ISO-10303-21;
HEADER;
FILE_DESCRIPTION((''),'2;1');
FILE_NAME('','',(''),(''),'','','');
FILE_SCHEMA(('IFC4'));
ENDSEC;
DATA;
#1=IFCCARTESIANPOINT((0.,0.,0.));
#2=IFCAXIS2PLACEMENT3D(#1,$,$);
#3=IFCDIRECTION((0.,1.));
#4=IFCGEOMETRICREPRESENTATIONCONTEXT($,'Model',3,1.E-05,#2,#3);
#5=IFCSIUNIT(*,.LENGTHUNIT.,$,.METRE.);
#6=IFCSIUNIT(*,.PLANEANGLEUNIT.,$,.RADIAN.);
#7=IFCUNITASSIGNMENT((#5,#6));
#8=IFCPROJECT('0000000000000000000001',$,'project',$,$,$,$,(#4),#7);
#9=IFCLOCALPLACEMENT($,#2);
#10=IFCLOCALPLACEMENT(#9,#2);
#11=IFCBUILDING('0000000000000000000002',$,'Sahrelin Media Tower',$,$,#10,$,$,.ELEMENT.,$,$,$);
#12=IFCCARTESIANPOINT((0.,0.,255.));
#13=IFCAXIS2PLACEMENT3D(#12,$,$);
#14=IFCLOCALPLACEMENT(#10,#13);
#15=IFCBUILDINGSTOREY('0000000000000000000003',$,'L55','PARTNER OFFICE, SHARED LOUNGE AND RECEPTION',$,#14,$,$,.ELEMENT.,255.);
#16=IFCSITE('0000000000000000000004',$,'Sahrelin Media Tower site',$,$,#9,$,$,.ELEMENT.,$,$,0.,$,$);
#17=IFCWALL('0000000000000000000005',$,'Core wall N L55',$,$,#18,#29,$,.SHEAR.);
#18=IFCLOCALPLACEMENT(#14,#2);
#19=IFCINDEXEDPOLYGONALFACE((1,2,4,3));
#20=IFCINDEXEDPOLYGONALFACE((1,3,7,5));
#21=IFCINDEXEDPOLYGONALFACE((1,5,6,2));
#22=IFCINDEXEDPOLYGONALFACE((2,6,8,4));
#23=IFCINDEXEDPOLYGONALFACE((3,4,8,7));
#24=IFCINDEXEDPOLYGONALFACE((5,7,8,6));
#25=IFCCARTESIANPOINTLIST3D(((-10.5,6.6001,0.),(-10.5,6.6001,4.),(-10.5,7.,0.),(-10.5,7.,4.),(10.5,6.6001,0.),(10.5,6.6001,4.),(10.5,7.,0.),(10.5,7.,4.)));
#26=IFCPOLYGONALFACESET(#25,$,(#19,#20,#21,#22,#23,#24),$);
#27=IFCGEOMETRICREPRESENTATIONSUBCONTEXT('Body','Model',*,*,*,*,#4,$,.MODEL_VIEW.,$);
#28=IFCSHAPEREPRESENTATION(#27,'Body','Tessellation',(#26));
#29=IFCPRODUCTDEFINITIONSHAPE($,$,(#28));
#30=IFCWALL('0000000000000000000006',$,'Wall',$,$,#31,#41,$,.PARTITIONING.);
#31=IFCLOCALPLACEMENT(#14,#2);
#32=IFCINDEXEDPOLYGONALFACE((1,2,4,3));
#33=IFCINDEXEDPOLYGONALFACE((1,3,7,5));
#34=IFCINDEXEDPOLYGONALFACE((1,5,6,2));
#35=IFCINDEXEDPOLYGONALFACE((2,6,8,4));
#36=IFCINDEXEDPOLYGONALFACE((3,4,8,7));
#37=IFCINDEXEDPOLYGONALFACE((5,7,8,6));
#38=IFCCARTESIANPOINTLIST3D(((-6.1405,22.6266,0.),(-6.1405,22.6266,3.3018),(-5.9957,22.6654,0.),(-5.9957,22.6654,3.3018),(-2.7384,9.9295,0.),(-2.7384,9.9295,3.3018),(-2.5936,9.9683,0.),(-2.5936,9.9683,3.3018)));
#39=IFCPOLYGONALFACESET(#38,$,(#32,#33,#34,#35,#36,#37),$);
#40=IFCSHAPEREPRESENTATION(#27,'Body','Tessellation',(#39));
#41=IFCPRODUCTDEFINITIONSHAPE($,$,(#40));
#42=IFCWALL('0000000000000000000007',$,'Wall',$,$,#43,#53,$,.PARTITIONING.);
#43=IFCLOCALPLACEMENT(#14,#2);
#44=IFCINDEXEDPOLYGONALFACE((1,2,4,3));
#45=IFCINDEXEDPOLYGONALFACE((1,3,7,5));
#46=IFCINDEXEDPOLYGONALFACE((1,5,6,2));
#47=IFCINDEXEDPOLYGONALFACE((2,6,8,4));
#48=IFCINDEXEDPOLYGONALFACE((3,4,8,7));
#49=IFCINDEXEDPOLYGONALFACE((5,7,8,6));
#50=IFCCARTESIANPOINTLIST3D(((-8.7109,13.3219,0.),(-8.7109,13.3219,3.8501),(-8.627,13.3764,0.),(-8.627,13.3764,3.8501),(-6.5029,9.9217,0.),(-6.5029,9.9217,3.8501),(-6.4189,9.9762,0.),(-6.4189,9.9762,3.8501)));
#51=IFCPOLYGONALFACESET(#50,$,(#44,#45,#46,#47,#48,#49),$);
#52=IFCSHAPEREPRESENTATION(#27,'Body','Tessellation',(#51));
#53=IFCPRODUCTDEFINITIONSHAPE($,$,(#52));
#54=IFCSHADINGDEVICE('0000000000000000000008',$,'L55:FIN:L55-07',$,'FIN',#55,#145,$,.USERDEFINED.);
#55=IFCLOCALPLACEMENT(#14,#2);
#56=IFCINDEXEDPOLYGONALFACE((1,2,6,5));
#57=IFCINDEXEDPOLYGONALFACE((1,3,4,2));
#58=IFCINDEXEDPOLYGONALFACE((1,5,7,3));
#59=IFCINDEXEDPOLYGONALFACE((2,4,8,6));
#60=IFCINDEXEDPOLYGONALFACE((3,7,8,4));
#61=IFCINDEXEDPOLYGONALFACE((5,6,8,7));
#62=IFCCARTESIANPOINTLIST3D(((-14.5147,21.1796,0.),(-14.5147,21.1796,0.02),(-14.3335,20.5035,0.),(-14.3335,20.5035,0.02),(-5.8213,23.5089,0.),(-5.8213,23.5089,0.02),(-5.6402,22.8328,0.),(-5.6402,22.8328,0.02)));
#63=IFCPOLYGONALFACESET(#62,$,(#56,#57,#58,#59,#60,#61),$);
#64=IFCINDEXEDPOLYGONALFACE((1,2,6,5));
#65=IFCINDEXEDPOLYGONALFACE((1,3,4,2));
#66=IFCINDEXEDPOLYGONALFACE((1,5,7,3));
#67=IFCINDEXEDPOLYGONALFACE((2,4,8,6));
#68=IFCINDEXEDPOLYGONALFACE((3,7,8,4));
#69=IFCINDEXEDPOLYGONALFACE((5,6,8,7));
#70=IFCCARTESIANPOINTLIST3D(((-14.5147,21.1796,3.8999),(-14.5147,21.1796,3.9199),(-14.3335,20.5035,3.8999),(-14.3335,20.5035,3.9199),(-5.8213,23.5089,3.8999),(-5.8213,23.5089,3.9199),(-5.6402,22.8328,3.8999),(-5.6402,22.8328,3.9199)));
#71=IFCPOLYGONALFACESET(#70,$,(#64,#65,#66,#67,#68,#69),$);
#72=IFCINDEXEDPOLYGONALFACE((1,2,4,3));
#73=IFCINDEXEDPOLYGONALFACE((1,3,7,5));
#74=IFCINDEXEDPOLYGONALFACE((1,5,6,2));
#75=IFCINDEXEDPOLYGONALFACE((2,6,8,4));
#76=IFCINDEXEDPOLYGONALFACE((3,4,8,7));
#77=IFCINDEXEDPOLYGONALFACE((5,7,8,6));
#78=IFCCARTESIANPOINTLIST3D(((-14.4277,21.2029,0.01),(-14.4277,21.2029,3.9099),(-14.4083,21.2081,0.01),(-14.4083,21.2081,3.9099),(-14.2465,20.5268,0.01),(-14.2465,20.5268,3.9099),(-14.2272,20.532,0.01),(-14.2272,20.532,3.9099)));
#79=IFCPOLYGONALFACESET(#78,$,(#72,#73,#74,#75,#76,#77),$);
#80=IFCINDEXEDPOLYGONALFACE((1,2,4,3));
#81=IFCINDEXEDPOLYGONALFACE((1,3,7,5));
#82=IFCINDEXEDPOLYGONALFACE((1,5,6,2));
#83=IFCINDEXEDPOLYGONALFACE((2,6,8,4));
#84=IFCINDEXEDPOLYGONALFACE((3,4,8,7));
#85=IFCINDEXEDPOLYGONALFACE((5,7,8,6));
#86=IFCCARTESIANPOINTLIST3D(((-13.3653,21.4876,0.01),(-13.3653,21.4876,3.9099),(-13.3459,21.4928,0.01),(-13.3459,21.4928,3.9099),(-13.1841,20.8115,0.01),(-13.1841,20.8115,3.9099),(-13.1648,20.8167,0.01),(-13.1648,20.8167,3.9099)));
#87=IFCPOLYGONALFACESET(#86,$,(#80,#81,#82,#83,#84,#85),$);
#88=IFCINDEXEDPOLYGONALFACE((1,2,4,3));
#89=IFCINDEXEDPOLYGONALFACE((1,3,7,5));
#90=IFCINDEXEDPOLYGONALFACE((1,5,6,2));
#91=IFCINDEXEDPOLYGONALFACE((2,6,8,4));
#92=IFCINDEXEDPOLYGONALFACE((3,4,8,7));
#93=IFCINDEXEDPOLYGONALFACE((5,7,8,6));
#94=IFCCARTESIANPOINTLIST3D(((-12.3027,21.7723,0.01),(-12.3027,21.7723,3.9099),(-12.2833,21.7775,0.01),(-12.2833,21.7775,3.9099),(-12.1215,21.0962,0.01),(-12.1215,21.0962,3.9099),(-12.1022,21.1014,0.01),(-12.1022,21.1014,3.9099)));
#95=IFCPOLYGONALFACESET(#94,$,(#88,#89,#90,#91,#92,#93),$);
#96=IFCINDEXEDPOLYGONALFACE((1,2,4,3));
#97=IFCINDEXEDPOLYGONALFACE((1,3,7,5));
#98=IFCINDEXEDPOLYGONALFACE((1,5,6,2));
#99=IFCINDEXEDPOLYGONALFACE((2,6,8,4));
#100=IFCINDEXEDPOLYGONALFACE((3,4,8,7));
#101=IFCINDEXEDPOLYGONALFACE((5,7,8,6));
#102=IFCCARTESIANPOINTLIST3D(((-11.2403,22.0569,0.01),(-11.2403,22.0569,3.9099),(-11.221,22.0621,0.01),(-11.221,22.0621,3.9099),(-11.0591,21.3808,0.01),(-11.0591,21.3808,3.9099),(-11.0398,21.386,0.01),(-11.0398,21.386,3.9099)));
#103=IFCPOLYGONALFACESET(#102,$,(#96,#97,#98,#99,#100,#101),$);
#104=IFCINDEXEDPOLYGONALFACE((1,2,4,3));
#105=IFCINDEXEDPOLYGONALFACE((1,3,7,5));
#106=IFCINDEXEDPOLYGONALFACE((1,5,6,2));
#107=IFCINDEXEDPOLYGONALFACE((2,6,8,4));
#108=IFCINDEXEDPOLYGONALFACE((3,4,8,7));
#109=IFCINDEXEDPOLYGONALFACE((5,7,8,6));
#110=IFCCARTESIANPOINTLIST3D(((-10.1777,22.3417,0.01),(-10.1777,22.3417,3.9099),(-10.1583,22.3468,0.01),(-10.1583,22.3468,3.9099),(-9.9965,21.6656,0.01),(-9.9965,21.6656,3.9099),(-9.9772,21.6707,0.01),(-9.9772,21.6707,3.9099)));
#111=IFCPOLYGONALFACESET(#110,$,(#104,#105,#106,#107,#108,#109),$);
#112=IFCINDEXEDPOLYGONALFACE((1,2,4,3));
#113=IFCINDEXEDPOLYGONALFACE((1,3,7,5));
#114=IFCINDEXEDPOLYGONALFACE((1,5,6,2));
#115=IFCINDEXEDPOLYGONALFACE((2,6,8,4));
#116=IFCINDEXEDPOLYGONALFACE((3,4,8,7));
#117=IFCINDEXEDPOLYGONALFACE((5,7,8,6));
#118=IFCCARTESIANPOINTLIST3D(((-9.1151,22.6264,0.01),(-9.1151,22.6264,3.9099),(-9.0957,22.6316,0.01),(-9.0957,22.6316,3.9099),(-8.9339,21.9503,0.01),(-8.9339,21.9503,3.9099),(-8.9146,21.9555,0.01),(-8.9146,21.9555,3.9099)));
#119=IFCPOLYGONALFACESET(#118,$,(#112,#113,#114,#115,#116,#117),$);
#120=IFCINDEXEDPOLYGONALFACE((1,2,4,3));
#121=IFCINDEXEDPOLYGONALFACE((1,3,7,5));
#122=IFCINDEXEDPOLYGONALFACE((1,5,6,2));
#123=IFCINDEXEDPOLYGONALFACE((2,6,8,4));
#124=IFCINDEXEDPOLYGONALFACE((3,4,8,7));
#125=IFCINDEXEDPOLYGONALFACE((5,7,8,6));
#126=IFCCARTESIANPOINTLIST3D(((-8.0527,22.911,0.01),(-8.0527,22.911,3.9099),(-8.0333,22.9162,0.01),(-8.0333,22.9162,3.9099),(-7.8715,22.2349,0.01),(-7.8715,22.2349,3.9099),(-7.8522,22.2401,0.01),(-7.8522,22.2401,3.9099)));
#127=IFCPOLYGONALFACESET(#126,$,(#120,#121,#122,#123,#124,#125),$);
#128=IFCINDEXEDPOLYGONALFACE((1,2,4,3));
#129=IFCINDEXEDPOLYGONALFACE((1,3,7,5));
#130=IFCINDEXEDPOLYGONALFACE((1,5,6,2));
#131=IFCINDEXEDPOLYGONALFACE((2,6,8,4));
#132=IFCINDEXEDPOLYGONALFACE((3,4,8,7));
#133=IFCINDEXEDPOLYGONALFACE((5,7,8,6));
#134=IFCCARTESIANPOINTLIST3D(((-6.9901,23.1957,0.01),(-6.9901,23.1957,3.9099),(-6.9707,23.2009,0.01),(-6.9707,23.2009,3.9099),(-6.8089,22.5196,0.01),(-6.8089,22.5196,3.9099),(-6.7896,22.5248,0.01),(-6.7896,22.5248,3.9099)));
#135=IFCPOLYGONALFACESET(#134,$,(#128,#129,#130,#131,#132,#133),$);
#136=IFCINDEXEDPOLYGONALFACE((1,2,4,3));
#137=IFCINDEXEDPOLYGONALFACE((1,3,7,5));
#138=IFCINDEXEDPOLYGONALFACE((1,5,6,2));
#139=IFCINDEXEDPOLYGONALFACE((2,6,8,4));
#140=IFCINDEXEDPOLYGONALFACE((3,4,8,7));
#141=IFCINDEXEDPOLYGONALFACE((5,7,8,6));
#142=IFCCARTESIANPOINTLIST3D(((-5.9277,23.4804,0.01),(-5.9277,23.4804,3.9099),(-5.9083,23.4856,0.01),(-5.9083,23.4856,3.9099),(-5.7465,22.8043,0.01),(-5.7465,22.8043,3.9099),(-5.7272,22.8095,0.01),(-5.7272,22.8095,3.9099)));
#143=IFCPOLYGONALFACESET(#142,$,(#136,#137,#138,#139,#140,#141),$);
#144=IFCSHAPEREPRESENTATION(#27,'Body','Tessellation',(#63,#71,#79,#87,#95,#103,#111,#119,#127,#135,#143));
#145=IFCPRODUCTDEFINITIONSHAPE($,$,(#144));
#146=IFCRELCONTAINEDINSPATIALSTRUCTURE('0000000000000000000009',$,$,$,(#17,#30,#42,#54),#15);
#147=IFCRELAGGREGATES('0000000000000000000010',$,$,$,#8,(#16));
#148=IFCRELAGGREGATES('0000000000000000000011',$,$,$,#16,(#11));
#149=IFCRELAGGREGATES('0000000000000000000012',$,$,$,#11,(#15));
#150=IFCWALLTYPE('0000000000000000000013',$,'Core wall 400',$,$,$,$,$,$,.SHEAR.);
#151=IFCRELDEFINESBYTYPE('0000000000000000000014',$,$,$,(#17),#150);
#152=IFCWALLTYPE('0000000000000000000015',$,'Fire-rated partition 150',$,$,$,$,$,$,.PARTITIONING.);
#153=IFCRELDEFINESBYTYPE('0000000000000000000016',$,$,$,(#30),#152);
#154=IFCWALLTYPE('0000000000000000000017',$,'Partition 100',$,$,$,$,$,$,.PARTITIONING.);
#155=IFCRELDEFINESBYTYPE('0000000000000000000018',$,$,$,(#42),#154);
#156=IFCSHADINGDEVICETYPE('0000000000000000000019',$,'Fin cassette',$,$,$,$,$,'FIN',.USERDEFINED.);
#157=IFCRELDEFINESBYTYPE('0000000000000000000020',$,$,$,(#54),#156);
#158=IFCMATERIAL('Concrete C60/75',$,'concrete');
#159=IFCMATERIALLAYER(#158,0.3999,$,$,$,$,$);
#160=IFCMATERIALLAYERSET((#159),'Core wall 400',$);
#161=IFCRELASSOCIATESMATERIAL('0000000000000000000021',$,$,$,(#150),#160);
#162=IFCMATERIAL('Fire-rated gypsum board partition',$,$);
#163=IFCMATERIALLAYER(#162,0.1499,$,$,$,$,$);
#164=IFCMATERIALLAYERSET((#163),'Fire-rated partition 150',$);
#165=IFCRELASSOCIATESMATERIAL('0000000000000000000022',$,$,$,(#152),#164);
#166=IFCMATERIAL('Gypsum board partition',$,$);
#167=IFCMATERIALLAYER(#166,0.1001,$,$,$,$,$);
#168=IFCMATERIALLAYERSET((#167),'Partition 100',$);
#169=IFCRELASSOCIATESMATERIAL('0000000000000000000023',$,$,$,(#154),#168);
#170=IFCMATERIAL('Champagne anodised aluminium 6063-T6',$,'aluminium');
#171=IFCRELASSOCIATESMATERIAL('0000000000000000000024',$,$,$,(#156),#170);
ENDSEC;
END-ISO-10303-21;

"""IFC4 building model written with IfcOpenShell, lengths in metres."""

from ifc_helpers import new_model, si_unit, direction, frame, frame_2d, origin, origin_2d, place, context, subcontext, project, spatial, rectangle, extrude, material, layer, layer_set, type_object, element, save


model = new_model("IFC4")

# Units and contexts
model_context = context("Model", 3, precision=1e-05, world=origin(), true_north=direction((0.0, 1.0)))
body_context = subcontext(model_context, "Body", "Model", "MODEL_VIEW")
ifc_project = project(units=[si_unit("LENGTHUNIT", "METRE"), si_unit("PLANEANGLEUNIT", "RADIAN")], contexts=[model_context])

# Site, building, storey
site_placement = place(None, origin())
site = spatial("IfcSite", under=ifc_project, at=site_placement, Name="Sahrelin Media Tower site", CompositionType="ELEMENT", RefElevation=0.0)
building_placement = place(site_placement, origin())
building = spatial("IfcBuilding", under=site, at=building_placement, Name="Sahrelin Media Tower", CompositionType="ELEMENT")
storey_placement = place(building_placement, frame((0.0, 0.0, 255.0)))
storey = spatial("IfcBuildingStorey", under=building, at=storey_placement, Name="L55", Description="PARTNER OFFICE, SHARED LOUNGE AND RECEPTION", CompositionType="ELEMENT", Elevation=255.0)

# Shared definitions
ifc_material_1 = material(Name="Champagne anodised aluminium 6063-T6", Category="aluminium")

# Walls
ifc_material_2 = material(Name="Concrete C60/75", Category="concrete")
ifc_layer_1 = layer(ifc_material_2, 0.3999)
ifc_layer_set_1 = layer_set([ifc_layer_1], Name="Core wall 400")
wall_type_1 = type_object("IfcWallType", Name="Core wall 400", PredefinedType="SHEAR", material=ifc_layer_set_1)
wall_1_placement = place(storey_placement, frame((-10.5, 6.8, 0.0), z_axis=(0.0, 0.0, 1.0), x_axis=(1.0, 0.0, 0.0)))
element("IfcWall", 1, at=wall_1_placement, inside=storey, type_object=wall_type_1, Name="Core wall N L55", PredefinedType="SHEAR", context=body_context, shape_type="SweptSolid", body=[
    extrude(rectangle(XDim=21.0, YDim=0.3999, at=frame_2d((10.5, 0.0))), origin(), (0.0, 0.0, 1.0), 4.0),
])
ifc_material_3 = material(Name="Fire-rated gypsum board partition")
ifc_layer_2 = layer(ifc_material_3, 0.1499)
ifc_layer_set_2 = layer_set([ifc_layer_2], Name="Fire-rated partition 150")
wall_type_2 = type_object("IfcWallType", Name="Fire-rated partition 150", PredefinedType="PARTITIONING", material=ifc_layer_set_2)
wall_2_placement = place(storey_placement, frame((-6.0681, 22.646, 0.0), z_axis=(0.0, 0.0, 1.0), x_axis=(0.258815, -0.965927, 0.0)))
element("IfcWall", 2, at=wall_2_placement, inside=storey, type_object=wall_type_2, Name="Wall", PredefinedType="PARTITIONING", context=body_context, shape_type="SweptSolid", body=[
    extrude(rectangle(XDim=13.145, YDim=0.1499, at=frame_2d((6.5725, 0.0))), origin(), (0.0, 0.0, 1.0), 3.3018),
])
ifc_material_4 = material(Name="Gypsum board partition")
ifc_layer_3 = layer(ifc_material_4, 0.1001)
ifc_layer_set_3 = layer_set([ifc_layer_3], Name="Partition 100")
wall_type_3 = type_object("IfcWallType", Name="Partition 100", PredefinedType="PARTITIONING", material=ifc_layer_set_3)
wall_3_placement = place(storey_placement, frame((-8.6689, 13.3491, 0.0), z_axis=(0.0, 0.0, 1.0), x_axis=(0.544626, -0.838679, 0.0)))
element("IfcWall", 3, at=wall_3_placement, inside=storey, type_object=wall_type_3, Name="Wall", PredefinedType="PARTITIONING", context=body_context, shape_type="SweptSolid", body=[
    extrude(rectangle(XDim=4.0542, YDim=0.1001, at=frame_2d((2.0271, 0.0))), origin(), (0.0, 0.0, 1.0), 3.8501),
])

# Shading device
shading_device_type_1 = type_object("IfcShadingDeviceType", Name="Fin cassette", ElementType="FIN", PredefinedType="USERDEFINED", material=ifc_material_1)
placement = place(storey_placement, frame((-9.9688, 21.6006, 0.0), z_axis=(0.0, 0.0, 1.0), x_axis=(0.965929, 0.258808, 0.0)))
element("IfcShadingDevice", 4, at=placement, inside=storey, type_object=shading_device_type_1, Name="L55:FIN:L55-07", ObjectType="FIN", PredefinedType="USERDEFINED", context=body_context, shape_type="SweptSolid", body=[
    extrude(rectangle(XDim=9.0, YDim=0.7, at=origin_2d()), frame((0.0, 0.4199, 0.0)), (0.0, 0.0, 1.0), 0.02),
    extrude(rectangle(XDim=9.0, YDim=0.7, at=origin_2d()), frame((0.0, 0.4199, 3.8999)), (0.0, 0.0, 1.0), 0.02),
    extrude(rectangle(XDim=0.02, YDim=0.7, at=origin_2d()), frame((-4.3999, 0.4199, 0.01), z_axis=(0.0, 0.0, 1.0), x_axis=(1.0, 0.0, 0.0)), (0.0, 0.0, 1.0), 3.8999),
    extrude(rectangle(XDim=0.02, YDim=0.7, at=origin_2d()), frame((-3.3, 0.4199, 0.01), z_axis=(0.0, 0.0, 1.0), x_axis=(1.0, 0.0, 0.0)), (0.0, 0.0, 1.0), 3.8999),
    extrude(rectangle(XDim=0.02, YDim=0.7, at=origin_2d()), frame((-2.2, 0.4199, 0.01), z_axis=(0.0, 0.0, 1.0), x_axis=(1.0, 0.0, 0.0)), (0.0, 0.0, 1.0), 3.8999),
    extrude(rectangle(XDim=0.02, YDim=0.7, at=origin_2d()), frame((-1.1001, 0.4199, 0.01), z_axis=(0.0, 0.0, 1.0), x_axis=(1.0, 0.0, 0.0)), (0.0, 0.0, 1.0), 3.8999),
    extrude(rectangle(XDim=0.02, YDim=0.7, at=origin_2d()), frame((0.0, 0.4199, 0.01), z_axis=(0.0, 0.0, 1.0), x_axis=(1.0, 0.0, 0.0)), (0.0, 0.0, 1.0), 3.8999),
    extrude(rectangle(XDim=0.02, YDim=0.7, at=origin_2d()), frame((1.1001, 0.4199, 0.01), z_axis=(0.0, 0.0, 1.0), x_axis=(1.0, 0.0, 0.0)), (0.0, 0.0, 1.0), 3.8999),
    extrude(rectangle(XDim=0.02, YDim=0.7, at=origin_2d()), frame((2.2, 0.4199, 0.01), z_axis=(0.0, 0.0, 1.0), x_axis=(1.0, 0.0, 0.0)), (0.0, 0.0, 1.0), 3.8999),
    extrude(rectangle(XDim=0.02, YDim=0.7, at=origin_2d()), frame((3.3, 0.4199, 0.01), z_axis=(0.0, 0.0, 1.0), x_axis=(1.0, 0.0, 0.0)), (0.0, 0.0, 1.0), 3.8999),
    extrude(rectangle(XDim=0.02, YDim=0.7, at=origin_2d()), frame((4.3999, 0.4199, 0.01), z_axis=(0.0, 0.0, 1.0), x_axis=(1.0, 0.0, 0.0)), (0.0, 0.0, 1.0), 3.8999),
])

save(model, "model.ifc")
